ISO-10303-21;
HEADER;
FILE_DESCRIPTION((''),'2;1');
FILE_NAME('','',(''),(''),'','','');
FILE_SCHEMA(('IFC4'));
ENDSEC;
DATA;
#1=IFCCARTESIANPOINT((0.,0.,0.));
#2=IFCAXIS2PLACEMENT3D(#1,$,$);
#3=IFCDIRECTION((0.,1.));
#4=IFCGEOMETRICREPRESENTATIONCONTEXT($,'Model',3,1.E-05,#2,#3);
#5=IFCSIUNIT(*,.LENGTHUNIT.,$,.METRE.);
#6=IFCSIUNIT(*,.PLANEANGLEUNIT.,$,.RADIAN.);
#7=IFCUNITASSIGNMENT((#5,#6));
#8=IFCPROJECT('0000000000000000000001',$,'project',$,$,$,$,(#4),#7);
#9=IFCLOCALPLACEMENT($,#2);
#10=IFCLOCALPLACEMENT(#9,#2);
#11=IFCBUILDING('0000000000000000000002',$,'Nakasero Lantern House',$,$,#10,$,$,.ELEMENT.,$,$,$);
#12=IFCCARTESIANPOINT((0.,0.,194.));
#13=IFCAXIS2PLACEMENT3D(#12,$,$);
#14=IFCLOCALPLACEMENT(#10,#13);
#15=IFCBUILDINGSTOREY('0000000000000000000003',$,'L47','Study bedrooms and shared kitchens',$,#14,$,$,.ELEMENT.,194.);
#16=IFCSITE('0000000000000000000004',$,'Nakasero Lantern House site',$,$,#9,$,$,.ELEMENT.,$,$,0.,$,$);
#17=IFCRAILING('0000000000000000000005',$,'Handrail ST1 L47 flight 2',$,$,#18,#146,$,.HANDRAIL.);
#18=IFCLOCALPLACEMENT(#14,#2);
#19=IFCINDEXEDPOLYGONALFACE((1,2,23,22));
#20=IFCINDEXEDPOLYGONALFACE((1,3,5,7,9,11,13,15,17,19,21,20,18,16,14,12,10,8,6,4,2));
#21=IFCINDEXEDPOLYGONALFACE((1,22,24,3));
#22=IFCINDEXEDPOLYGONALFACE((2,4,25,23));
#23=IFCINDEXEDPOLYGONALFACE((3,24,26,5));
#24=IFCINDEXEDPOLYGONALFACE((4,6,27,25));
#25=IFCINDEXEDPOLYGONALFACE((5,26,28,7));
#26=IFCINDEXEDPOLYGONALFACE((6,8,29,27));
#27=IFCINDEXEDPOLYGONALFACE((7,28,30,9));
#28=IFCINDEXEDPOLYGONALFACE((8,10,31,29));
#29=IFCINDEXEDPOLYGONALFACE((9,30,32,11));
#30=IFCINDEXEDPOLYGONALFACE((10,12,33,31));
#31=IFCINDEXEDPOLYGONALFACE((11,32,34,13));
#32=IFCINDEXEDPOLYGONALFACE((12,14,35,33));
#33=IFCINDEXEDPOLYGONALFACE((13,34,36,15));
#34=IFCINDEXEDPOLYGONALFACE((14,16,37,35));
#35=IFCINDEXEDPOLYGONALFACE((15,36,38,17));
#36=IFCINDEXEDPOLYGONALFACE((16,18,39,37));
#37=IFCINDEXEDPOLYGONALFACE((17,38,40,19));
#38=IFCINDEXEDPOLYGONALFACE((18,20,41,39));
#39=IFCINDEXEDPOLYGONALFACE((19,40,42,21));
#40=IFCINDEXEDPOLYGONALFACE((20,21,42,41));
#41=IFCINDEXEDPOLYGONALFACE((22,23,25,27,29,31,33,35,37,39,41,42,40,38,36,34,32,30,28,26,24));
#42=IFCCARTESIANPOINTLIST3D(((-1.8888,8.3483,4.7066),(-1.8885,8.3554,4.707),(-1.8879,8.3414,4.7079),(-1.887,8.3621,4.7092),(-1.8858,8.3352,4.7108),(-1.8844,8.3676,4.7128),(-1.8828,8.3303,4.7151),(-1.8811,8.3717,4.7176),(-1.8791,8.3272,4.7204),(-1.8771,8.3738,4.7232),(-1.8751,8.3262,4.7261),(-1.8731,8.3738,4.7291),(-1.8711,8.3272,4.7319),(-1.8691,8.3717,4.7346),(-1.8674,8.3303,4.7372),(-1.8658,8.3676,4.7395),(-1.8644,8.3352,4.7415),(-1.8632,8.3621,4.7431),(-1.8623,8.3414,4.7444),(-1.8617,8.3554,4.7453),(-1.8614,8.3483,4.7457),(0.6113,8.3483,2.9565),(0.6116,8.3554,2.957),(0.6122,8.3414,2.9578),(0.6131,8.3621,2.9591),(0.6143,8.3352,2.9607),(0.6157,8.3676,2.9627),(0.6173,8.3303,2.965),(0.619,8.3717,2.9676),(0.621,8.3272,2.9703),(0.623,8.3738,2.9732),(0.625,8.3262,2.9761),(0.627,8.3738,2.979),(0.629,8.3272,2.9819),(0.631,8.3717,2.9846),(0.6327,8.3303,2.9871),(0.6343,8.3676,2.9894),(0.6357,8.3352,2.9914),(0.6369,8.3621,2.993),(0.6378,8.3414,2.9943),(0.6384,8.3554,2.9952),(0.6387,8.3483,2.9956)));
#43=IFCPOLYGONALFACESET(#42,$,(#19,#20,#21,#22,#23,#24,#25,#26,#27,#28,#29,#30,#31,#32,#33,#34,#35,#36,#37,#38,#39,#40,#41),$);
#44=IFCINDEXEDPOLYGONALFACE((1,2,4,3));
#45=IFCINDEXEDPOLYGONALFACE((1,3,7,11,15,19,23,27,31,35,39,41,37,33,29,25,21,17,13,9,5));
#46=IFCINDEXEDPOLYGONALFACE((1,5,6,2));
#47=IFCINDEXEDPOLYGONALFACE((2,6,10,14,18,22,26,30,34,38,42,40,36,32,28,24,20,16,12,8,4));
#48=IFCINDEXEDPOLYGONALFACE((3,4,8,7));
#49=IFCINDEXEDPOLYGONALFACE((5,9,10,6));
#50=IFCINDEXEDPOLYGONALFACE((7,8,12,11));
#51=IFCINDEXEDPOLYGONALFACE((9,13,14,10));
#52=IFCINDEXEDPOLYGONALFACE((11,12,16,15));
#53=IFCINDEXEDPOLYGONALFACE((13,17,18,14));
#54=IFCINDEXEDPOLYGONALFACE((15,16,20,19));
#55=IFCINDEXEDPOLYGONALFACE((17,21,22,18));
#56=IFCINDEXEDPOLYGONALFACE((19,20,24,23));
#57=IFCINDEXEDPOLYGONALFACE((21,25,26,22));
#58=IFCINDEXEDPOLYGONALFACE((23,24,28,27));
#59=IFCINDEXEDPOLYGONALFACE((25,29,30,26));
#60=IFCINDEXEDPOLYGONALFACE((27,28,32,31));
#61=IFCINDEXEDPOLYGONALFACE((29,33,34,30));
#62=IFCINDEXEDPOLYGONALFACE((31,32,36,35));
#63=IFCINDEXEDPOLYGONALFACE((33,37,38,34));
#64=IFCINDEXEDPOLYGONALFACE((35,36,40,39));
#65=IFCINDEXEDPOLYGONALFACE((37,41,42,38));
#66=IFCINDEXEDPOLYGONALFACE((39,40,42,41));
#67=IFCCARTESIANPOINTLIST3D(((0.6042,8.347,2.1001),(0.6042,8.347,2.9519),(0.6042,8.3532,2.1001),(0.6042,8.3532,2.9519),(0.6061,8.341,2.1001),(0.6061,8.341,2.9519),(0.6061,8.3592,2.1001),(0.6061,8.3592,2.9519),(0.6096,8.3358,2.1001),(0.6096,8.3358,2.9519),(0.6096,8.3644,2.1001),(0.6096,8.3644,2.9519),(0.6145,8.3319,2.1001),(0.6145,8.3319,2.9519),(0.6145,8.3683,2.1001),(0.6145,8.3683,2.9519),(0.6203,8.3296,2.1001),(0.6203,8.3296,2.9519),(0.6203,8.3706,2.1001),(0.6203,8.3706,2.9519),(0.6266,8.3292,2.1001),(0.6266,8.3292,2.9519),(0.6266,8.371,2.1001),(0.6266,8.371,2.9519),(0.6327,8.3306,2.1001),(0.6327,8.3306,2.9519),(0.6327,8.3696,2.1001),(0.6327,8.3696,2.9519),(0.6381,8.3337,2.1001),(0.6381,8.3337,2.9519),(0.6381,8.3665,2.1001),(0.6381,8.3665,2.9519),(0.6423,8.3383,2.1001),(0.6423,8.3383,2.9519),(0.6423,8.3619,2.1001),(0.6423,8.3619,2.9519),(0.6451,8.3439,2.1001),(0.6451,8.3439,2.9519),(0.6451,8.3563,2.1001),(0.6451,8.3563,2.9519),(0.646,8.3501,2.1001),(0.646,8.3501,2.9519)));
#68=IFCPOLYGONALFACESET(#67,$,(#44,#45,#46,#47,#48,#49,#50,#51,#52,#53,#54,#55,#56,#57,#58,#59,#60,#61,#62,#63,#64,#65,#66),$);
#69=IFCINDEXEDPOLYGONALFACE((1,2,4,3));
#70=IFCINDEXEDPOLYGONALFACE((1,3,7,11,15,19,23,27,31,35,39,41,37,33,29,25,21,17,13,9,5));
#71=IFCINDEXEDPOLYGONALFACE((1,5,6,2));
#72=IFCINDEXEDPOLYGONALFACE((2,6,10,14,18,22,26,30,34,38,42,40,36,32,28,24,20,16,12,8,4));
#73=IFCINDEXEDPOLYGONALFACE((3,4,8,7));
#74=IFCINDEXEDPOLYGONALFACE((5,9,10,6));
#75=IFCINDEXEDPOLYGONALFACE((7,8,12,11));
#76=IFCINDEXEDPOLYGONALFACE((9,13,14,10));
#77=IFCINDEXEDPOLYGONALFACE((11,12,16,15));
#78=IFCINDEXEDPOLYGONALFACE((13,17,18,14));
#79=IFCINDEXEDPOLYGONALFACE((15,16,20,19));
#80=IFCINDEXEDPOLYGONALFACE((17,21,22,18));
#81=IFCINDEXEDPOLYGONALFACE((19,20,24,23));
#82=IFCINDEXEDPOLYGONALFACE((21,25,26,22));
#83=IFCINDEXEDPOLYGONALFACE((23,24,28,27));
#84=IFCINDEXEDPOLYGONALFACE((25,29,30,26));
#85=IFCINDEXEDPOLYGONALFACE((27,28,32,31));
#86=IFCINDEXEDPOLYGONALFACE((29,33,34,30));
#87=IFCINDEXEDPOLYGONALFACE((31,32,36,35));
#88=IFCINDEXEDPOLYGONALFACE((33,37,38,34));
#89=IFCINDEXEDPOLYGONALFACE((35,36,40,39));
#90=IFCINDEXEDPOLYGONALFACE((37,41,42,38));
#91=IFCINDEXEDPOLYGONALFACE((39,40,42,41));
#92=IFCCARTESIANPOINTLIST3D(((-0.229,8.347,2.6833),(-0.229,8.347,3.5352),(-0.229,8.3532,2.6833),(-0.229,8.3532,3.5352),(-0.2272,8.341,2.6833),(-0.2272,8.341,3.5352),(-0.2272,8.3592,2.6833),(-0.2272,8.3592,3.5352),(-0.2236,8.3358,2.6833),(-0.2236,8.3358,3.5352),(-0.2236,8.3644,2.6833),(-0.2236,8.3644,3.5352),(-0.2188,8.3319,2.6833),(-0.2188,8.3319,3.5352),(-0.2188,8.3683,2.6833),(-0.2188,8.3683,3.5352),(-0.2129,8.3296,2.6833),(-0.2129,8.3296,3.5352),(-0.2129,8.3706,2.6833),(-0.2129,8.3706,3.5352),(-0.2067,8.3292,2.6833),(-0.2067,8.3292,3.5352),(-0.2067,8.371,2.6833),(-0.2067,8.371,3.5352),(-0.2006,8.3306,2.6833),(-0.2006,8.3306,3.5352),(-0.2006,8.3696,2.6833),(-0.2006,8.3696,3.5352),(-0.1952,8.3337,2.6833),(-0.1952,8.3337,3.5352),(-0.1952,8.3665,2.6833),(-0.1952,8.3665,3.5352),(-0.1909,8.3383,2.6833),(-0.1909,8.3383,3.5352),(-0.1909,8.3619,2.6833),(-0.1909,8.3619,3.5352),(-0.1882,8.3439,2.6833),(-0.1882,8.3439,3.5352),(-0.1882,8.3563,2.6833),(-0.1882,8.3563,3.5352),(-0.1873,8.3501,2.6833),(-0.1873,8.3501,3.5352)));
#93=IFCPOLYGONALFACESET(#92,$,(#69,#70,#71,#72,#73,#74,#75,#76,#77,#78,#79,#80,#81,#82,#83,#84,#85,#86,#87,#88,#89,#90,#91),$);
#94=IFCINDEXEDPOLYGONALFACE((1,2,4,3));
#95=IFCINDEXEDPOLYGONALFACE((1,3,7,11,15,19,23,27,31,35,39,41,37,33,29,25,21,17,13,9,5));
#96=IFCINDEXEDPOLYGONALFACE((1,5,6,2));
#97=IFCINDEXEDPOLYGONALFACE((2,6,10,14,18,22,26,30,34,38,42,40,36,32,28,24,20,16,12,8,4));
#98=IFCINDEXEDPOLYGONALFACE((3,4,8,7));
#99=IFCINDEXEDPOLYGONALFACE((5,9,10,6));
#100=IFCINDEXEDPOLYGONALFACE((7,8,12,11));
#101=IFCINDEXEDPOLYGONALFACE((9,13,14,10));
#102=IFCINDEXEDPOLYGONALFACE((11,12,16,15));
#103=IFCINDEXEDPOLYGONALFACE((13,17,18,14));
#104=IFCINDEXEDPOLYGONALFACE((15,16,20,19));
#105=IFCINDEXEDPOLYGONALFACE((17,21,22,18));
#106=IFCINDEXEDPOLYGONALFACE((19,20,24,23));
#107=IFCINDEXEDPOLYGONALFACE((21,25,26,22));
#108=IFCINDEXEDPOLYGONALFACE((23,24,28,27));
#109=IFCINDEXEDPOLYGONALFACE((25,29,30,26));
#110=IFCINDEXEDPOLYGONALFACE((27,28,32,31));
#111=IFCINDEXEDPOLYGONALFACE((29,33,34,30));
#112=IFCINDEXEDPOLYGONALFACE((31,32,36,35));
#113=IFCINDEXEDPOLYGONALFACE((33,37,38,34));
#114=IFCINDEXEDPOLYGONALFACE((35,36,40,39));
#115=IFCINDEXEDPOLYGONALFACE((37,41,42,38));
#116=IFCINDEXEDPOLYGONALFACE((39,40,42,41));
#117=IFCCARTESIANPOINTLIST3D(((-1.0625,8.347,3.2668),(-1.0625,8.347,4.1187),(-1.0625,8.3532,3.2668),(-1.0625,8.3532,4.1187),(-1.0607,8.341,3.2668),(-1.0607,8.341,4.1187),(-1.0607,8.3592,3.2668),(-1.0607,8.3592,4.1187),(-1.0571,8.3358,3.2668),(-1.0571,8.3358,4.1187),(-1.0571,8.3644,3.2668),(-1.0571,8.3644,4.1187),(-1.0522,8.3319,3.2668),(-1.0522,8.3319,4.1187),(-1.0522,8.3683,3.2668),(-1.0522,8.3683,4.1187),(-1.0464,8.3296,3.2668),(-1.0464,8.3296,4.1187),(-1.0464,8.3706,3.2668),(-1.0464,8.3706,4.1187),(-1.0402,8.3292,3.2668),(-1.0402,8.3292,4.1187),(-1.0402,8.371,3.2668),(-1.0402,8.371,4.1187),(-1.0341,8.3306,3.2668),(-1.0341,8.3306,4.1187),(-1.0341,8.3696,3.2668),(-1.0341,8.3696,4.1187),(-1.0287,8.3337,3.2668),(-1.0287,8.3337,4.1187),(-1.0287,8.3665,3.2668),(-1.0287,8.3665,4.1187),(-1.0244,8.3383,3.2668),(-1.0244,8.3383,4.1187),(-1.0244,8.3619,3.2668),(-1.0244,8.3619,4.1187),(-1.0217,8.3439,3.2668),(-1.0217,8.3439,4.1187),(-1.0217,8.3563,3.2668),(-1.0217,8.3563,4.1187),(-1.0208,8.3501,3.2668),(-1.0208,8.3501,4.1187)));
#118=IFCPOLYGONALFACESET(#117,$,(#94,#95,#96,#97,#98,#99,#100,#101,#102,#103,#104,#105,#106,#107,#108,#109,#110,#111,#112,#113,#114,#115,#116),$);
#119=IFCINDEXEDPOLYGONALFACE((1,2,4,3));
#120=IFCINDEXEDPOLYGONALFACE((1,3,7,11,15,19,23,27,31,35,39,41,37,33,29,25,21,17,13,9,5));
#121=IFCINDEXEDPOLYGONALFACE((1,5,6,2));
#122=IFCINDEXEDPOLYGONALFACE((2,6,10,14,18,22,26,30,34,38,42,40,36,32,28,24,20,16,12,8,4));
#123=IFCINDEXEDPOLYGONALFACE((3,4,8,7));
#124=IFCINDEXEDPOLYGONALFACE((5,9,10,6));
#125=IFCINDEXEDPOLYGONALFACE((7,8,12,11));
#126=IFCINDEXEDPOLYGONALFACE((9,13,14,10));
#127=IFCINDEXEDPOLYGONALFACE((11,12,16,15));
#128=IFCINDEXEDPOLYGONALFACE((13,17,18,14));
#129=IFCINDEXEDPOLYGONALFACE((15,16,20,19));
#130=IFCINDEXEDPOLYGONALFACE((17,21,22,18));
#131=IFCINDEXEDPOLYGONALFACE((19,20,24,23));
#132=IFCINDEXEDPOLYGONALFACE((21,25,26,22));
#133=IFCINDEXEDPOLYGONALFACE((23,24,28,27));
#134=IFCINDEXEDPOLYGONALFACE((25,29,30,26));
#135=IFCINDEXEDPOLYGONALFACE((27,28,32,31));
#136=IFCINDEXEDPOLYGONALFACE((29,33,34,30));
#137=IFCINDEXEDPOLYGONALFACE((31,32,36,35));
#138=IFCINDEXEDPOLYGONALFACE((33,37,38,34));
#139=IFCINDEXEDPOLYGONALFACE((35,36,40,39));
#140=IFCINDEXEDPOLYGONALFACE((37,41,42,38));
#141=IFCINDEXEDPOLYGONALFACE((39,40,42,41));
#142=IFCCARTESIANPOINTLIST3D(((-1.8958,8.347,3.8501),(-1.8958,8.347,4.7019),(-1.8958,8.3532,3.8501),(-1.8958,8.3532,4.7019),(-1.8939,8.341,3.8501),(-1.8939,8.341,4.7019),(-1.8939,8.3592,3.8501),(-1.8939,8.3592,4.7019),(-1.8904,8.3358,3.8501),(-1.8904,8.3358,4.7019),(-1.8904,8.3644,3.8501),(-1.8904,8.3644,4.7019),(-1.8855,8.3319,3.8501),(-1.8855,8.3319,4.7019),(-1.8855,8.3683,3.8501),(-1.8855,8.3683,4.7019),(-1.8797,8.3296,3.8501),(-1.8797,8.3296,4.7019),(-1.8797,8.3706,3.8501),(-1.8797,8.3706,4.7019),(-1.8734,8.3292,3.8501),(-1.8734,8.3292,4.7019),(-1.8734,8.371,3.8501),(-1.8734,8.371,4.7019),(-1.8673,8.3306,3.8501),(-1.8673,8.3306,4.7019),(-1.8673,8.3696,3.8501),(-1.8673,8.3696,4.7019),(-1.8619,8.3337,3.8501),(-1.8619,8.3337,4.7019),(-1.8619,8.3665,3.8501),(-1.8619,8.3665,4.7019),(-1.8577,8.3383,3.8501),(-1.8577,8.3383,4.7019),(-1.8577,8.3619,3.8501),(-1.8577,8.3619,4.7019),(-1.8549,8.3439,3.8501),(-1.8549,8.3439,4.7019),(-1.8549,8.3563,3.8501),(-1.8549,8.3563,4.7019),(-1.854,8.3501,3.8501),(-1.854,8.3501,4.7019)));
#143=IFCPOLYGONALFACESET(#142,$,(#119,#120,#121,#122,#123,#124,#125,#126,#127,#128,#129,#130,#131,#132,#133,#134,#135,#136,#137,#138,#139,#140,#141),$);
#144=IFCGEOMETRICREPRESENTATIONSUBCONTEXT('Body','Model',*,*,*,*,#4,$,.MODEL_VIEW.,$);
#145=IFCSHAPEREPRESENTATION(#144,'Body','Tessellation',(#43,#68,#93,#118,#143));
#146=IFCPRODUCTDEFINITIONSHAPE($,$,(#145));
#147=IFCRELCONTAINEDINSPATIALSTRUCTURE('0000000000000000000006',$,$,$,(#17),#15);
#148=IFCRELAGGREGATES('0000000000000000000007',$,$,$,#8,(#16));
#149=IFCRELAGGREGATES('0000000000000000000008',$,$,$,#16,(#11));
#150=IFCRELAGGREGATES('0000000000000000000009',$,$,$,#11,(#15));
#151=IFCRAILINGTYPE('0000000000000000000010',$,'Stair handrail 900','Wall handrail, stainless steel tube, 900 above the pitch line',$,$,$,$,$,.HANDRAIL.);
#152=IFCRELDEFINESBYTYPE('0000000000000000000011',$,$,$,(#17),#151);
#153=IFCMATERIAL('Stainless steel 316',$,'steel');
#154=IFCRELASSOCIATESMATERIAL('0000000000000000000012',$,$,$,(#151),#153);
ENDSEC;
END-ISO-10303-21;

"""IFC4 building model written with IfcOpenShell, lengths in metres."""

from ifc_helpers import new_model, si_unit, direction, frame, origin, origin_2d, place, context, subcontext, project, spatial, circle, extrude, material, type_object, element, save


model = new_model("IFC4")

# Units and contexts
model_context = context("Model", 3, precision=1e-05, world=origin(), true_north=direction((0.0, 1.0)))
body_context = subcontext(model_context, "Body", "Model", "MODEL_VIEW")
ifc_project = project(units=[si_unit("LENGTHUNIT", "METRE"), si_unit("PLANEANGLEUNIT", "RADIAN")], contexts=[model_context])

# Site, building, storey
site_placement = place(None, origin())
site = spatial("IfcSite", under=ifc_project, at=site_placement, Name="Nakasero Lantern House site", CompositionType="ELEMENT", RefElevation=0.0)
building_placement = place(site_placement, origin())
building = spatial("IfcBuilding", under=site, at=building_placement, Name="Nakasero Lantern House", CompositionType="ELEMENT")
storey_placement = place(building_placement, frame((0.0, 0.0, 194.0)))
storey = spatial("IfcBuildingStorey", under=building, at=storey_placement, Name="L47", Description="Study bedrooms and shared kitchens", CompositionType="ELEMENT", Elevation=194.0)

# Railing
ifc_material_1 = material(Name="Stainless steel 316", Category="steel")
railing_type = type_object("IfcRailingType", Name="Stair handrail 900", Description="Wall handrail, stainless steel tube, 900 above the pitch line", PredefinedType="HANDRAIL", material=ifc_material_1)
railing_placement = place(storey_placement, frame((0.625, 8.3501, 2.1001)))
element("IfcRailing", 1, at=railing_placement, inside=storey, type_object=railing_type, Name="Handrail ST1 L47 flight 2", PredefinedType="HANDRAIL", context=body_context, shape_type="SweptSolid", body=[
    extrude(circle(Radius=0.0239, at=origin_2d()), frame((0.0, 0.0, 0.876), z_axis=(-0.819232, 0.0, 0.573462), x_axis=(0.0, -1.0, 0.0)), (0.0, 0.0, 1.0), 3.0518),
    extrude(circle(Radius=0.021, at=origin_2d()), origin(), (0.0, 0.0, 1.0), 0.8518),
    extrude(circle(Radius=0.021, at=origin_2d()), frame((-0.8333, 0.0, 0.5833)), (0.0, 0.0, 1.0), 0.8518),
    extrude(circle(Radius=0.021, at=origin_2d()), frame((-1.6667, 0.0, 1.1667)), (0.0, 0.0, 1.0), 0.8518),
    extrude(circle(Radius=0.021, at=origin_2d()), frame((-2.5, 0.0, 1.75)), (0.0, 0.0, 1.0), 0.8518),
])

save(model, "model.ifc")
